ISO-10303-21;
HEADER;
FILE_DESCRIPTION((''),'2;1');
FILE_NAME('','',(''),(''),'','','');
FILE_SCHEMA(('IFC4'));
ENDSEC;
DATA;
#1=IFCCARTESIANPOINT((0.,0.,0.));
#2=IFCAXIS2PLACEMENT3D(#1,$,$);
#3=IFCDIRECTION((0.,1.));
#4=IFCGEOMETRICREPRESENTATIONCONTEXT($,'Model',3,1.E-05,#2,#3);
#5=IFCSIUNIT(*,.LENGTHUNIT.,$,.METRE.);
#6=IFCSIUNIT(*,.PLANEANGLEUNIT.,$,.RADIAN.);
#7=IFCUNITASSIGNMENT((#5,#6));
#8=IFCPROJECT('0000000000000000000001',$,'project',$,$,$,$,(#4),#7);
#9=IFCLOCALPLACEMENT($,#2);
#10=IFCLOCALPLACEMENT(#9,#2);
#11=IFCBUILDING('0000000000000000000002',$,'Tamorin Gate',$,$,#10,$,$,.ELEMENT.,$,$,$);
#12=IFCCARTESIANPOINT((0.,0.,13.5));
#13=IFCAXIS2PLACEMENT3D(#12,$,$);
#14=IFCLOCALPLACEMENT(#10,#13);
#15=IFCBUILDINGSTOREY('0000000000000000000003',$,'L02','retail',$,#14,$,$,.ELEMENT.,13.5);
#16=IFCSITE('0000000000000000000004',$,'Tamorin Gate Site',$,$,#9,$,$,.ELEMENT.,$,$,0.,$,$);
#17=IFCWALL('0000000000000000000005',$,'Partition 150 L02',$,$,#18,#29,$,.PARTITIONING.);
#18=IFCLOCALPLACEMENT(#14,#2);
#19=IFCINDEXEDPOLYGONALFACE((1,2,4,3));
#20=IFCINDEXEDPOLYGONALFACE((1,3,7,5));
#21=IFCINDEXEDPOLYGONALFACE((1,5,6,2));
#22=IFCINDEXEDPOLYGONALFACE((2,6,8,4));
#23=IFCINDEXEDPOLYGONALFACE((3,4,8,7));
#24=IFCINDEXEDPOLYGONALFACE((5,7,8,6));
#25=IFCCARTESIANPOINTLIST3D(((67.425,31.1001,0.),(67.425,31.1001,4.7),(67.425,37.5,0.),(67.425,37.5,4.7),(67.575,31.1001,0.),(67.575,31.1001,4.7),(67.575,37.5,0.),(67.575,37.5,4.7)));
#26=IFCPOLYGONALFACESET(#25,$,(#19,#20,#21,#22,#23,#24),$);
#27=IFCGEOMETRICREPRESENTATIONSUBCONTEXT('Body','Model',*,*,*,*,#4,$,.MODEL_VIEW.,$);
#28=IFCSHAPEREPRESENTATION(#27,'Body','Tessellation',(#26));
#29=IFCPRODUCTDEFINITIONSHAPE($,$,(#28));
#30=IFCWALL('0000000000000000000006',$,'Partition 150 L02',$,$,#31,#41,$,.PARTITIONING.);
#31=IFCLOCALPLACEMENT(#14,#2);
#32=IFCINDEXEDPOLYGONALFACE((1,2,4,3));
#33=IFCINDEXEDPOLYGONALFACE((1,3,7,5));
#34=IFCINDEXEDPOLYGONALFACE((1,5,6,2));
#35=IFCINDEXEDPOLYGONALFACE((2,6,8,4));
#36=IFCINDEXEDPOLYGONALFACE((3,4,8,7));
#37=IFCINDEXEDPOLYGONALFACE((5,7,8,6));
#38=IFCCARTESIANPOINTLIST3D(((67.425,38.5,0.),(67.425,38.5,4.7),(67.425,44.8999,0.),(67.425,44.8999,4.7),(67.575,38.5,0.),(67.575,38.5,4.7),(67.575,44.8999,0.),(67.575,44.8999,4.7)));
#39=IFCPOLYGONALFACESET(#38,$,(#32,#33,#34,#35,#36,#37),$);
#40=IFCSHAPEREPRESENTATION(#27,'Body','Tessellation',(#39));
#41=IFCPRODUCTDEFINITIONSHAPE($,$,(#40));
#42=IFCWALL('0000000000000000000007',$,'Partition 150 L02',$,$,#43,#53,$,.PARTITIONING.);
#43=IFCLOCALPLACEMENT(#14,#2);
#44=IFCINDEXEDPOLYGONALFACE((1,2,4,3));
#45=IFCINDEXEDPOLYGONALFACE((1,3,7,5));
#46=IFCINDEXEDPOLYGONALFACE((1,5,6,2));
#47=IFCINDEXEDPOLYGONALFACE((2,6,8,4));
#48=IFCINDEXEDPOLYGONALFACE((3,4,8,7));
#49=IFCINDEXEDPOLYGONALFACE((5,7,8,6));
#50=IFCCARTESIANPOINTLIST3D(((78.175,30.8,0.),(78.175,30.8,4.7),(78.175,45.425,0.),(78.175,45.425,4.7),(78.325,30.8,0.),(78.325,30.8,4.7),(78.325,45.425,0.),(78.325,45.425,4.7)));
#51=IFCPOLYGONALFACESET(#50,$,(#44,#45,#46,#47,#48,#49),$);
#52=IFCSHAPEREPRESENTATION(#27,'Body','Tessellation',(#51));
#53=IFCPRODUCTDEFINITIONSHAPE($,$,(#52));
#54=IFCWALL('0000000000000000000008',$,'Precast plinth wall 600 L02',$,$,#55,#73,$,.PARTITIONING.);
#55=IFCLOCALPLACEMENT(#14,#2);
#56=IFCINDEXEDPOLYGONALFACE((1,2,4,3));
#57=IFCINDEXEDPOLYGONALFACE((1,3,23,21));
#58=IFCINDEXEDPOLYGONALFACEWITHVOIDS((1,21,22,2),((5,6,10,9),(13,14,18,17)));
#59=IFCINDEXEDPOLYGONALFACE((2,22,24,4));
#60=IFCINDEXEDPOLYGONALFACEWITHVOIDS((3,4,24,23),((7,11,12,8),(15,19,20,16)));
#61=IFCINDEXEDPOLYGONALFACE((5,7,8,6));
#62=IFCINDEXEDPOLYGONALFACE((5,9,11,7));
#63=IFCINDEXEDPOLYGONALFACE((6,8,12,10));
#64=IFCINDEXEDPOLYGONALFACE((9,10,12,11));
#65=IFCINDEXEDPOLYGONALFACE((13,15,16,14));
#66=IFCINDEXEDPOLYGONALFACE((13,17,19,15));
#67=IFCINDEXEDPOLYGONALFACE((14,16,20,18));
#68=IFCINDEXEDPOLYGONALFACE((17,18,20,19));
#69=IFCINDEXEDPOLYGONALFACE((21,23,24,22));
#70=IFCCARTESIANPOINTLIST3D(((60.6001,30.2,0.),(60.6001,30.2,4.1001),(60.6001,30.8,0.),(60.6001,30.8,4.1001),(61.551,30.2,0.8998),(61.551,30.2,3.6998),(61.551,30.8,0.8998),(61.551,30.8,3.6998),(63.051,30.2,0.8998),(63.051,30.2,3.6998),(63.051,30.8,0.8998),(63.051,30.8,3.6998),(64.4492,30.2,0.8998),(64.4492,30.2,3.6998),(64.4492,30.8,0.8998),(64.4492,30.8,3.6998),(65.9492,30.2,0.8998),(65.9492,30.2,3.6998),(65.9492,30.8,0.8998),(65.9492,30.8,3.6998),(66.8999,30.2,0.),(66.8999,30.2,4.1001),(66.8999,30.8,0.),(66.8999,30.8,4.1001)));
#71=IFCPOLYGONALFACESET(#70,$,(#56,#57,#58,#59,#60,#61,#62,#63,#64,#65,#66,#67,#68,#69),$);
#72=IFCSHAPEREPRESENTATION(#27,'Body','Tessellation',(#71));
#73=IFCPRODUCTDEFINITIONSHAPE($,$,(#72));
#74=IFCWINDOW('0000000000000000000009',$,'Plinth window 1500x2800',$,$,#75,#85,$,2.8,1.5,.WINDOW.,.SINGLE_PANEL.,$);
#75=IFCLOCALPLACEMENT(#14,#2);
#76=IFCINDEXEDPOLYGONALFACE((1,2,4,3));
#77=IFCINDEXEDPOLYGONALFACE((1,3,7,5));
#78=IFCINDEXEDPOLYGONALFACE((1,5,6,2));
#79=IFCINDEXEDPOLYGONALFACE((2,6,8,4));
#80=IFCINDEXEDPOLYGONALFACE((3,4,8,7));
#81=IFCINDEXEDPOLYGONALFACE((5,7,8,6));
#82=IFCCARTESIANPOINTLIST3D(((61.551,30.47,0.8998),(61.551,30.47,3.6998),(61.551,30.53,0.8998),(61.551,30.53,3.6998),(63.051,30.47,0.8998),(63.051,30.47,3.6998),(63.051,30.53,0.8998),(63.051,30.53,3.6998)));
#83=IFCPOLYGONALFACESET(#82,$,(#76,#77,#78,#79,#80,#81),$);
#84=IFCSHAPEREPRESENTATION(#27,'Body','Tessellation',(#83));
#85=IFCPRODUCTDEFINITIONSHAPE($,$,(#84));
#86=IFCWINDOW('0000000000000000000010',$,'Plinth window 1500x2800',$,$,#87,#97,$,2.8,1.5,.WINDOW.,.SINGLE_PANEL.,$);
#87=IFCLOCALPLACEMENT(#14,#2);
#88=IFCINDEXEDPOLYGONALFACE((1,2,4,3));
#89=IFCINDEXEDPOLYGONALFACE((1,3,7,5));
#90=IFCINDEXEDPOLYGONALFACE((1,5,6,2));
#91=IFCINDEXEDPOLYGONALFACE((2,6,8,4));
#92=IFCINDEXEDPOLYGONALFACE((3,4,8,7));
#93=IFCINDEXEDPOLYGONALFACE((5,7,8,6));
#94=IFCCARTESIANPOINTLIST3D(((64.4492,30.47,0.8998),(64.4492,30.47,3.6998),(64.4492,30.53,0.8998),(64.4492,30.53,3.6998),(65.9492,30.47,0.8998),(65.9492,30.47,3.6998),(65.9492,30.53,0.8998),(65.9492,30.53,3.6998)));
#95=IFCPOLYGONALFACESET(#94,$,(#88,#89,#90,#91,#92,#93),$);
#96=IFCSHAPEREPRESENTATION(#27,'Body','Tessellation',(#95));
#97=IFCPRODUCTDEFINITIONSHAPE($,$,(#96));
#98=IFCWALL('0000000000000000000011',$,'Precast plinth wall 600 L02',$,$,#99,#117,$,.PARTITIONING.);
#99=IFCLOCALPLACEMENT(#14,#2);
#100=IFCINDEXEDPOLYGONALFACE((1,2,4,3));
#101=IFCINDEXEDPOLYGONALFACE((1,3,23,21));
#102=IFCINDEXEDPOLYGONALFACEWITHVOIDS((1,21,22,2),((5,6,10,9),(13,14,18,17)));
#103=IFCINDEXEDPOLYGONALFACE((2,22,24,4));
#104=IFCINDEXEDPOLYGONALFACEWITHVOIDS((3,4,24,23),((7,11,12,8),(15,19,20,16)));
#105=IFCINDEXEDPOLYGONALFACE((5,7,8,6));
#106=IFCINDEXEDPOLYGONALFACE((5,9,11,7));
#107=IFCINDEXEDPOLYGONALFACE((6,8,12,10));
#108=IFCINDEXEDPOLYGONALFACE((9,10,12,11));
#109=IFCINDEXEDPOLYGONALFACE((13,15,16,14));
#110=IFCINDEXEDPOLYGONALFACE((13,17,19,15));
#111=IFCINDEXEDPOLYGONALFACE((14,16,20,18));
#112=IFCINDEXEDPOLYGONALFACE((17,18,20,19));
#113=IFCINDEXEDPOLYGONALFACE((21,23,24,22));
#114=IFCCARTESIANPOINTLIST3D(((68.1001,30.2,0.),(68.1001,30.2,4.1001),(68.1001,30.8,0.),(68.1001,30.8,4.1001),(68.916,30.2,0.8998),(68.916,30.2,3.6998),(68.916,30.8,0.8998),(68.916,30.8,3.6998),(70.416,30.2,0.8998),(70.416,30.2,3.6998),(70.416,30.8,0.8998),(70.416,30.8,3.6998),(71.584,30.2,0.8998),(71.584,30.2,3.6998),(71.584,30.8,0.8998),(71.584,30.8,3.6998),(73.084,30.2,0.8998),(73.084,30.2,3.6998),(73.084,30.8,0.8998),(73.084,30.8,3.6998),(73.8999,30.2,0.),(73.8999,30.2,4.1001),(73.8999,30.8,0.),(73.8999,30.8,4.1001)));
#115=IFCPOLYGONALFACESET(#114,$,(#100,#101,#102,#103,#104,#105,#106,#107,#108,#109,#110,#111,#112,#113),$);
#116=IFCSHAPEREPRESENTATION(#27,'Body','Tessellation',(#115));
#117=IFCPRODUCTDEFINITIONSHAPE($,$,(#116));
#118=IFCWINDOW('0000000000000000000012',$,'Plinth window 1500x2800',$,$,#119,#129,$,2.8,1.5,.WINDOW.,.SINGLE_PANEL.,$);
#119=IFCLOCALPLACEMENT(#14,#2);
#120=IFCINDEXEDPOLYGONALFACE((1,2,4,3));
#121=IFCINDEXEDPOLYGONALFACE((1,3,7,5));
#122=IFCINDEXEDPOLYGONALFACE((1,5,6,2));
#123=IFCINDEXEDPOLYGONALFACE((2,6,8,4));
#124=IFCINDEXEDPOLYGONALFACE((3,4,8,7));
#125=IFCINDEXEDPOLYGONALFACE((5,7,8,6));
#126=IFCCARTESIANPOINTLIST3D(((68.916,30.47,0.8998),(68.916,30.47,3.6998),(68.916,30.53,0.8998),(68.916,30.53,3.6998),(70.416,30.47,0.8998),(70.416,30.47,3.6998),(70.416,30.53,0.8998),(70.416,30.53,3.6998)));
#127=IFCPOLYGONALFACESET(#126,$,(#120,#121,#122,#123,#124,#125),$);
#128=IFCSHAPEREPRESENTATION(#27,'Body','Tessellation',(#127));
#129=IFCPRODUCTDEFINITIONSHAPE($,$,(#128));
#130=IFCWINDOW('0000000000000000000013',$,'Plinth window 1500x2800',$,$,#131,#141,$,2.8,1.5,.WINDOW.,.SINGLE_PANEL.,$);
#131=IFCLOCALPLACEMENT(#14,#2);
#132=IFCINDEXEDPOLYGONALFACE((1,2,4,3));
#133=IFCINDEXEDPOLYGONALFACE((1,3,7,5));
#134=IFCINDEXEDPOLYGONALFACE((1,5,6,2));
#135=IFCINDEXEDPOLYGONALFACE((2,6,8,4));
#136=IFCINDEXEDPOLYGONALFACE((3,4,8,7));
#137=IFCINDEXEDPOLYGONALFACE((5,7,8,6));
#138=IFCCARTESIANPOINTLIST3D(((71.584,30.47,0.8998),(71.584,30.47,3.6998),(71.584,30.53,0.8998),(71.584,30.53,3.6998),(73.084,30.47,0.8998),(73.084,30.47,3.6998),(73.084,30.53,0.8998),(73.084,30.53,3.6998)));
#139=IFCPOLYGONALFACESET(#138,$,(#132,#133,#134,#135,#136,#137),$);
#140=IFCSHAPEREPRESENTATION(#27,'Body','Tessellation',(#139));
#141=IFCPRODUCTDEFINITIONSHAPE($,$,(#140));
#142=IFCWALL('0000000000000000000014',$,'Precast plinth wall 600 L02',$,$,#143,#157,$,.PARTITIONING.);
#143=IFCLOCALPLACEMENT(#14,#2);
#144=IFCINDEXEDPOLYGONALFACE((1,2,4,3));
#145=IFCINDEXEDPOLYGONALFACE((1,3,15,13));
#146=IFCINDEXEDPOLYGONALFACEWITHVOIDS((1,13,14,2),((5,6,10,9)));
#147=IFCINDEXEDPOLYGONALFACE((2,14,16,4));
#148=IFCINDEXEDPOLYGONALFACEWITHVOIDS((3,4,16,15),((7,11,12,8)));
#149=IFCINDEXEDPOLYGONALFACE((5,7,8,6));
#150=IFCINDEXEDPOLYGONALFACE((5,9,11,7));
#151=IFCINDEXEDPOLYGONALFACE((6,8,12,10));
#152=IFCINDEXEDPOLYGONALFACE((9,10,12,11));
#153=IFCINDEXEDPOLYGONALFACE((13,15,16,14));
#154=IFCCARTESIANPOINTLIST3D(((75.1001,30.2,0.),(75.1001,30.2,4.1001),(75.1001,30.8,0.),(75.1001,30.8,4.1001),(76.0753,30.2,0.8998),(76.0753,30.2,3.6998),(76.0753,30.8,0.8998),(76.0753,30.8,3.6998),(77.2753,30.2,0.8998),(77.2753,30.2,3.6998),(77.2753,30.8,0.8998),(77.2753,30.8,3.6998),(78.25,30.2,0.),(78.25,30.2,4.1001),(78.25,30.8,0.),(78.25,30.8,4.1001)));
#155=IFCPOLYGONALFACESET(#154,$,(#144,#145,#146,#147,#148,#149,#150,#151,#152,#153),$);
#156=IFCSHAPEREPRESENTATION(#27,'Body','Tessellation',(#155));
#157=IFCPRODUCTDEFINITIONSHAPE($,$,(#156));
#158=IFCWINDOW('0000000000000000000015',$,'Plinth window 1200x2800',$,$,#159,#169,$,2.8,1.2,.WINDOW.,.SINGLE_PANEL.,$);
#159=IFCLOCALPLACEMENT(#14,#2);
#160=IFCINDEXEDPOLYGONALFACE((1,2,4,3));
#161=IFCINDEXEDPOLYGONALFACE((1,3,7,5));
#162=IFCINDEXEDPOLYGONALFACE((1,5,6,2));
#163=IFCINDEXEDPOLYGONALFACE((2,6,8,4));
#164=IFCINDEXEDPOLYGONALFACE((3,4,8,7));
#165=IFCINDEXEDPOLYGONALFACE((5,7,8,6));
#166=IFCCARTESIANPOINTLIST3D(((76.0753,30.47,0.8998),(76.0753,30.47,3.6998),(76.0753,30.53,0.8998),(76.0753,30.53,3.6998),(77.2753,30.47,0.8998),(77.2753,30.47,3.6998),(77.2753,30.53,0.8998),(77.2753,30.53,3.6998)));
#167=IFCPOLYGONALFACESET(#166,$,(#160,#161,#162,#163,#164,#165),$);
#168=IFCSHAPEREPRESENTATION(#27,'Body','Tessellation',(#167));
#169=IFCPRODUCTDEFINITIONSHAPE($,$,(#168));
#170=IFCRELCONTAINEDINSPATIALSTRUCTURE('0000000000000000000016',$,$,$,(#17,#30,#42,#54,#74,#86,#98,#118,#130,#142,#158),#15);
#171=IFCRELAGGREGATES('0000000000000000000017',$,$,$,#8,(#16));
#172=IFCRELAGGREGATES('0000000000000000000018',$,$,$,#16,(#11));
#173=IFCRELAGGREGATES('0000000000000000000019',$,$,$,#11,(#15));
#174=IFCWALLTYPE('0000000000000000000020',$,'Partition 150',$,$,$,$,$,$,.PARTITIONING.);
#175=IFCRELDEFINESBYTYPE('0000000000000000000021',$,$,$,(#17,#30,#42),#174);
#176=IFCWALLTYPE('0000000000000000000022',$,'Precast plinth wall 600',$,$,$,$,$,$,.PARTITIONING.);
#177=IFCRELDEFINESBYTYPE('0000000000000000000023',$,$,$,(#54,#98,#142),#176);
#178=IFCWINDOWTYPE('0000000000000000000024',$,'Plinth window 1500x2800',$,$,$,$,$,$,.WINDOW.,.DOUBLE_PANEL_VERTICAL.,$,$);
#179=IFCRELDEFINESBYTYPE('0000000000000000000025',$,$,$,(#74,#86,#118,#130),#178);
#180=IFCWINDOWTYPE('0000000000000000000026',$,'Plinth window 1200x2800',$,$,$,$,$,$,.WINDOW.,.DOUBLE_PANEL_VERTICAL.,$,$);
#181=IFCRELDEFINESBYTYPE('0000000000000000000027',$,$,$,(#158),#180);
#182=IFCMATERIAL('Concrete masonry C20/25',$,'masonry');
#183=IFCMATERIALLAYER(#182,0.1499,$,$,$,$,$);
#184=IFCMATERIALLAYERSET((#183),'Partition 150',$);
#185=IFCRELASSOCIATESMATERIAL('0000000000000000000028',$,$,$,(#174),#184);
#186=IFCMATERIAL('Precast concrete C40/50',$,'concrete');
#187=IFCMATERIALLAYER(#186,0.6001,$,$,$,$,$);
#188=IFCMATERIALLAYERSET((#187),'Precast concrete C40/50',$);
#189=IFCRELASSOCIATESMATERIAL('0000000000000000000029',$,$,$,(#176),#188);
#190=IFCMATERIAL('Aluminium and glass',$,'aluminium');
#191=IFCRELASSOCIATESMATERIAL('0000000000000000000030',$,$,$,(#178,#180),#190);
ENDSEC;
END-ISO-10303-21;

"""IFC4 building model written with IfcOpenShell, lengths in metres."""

from ifc_helpers import new_model, si_unit, direction, frame, frame_2d, origin, place, context, subcontext, project, spatial, rectangle, extrude, material, layer, layer_set, type_object, element, fill, save


model = new_model("IFC4")

# Units and contexts
model_context = context("Model", 3, precision=1e-05, world=origin(), true_north=direction((0.0, 1.0)))
body_context = subcontext(model_context, "Body", "Model", "MODEL_VIEW")
ifc_project = project(units=[si_unit("LENGTHUNIT", "METRE"), si_unit("PLANEANGLEUNIT", "RADIAN")], contexts=[model_context])

# Site, building, storey
site_placement = place(None, origin())
site = spatial("IfcSite", under=ifc_project, at=site_placement, Name="Tamorin Gate Site", CompositionType="ELEMENT", RefElevation=0.0)
building_placement = place(site_placement, origin())
building = spatial("IfcBuilding", under=site, at=building_placement, Name="Tamorin Gate", CompositionType="ELEMENT")
storey_placement = place(building_placement, frame((0.0, 0.0, 13.5)))
storey = spatial("IfcBuildingStorey", under=building, at=storey_placement, Name="L02", Description="retail", CompositionType="ELEMENT", Elevation=13.5)

# Shared definitions
ifc_material_1 = material(Name="Concrete masonry C20/25", Category="masonry")
ifc_layer_1 = layer(ifc_material_1, 0.1499)
ifc_layer_set_1 = layer_set([ifc_layer_1], Name="Partition 150")
wall_type_1 = type_object("IfcWallType", Name="Partition 150", PredefinedType="PARTITIONING", material=ifc_layer_set_1)

# Walls
for number, where, z_axis, x_axis, name in (
    (1, (67.5, 31.1001, 0.0), (0.0, 0.0, 1.0), (0.0, 1.0, 0.0), "Partition 150 L02"),
    (2, (67.5, 38.5, 0.0), (0.0, 0.0, 1.0), (0.0, 1.0, 0.0), "Partition 150 L02"),
):
    element("IfcWall", number, at=place(storey_placement, frame(where, z_axis=z_axis, x_axis=x_axis)), inside=storey, type_object=wall_type_1, Name=name, PredefinedType="PARTITIONING", context=body_context, shape_type="SweptSolid", body=[
        extrude(rectangle(XDim=6.3999, YDim=0.1499, at=frame_2d((3.2, 0.0))), origin(), (0.0, 0.0, 1.0), 4.7),
    ])
wall_1_placement = place(storey_placement, frame((78.25, 30.8, 0.0), z_axis=(0.0, 0.0, 1.0), x_axis=(0.0, 1.0, 0.0)))
element("IfcWall", 3, at=wall_1_placement, inside=storey, type_object=wall_type_1, Name="Partition 150 L02", PredefinedType="PARTITIONING", context=body_context, shape_type="SweptSolid", body=[
    extrude(rectangle(XDim=14.625, YDim=0.1499, at=frame_2d((7.3125, 0.0))), origin(), (0.0, 0.0, 1.0), 4.7),
])

# Walls, openings, windows
ifc_material_2 = material(Name="Precast concrete C40/50", Category="concrete")
ifc_layer_2 = layer(ifc_material_2, 0.6001)
ifc_layer_set_2 = layer_set([ifc_layer_2], Name="Precast concrete C40/50")
wall_type_2 = type_object("IfcWallType", Name="Precast plinth wall 600", PredefinedType="PARTITIONING", material=ifc_layer_set_2)
wall_2_placement = place(storey_placement, frame((60.6001, 30.5, 0.0), z_axis=(0.0, 0.0, 1.0), x_axis=(1.0, 0.0, 0.0)))
wall_2 = element("IfcWall", 4, at=wall_2_placement, inside=storey, type_object=wall_type_2, Name="Precast plinth wall 600 L02", PredefinedType="PARTITIONING", context=body_context, shape_type="SweptSolid", body=[
    extrude(rectangle(XDim=6.2998, YDim=0.6001, at=frame_2d((3.1499, 0.0))), origin(), (0.0, 0.0, 1.0), 4.1001),
])
opening_1_placement = place(wall_2_placement, frame((0.9509, 0.0, 0.8999)))
opening_1 = element("IfcOpeningElement", 5, at=opening_1_placement, cuts=wall_2, PredefinedType="OPENING", context=body_context, shape_type="SweptSolid", body=[
    extrude(rectangle(XDim=1.5, YDim=2.8, at=frame_2d((0.75, 1.3999))), frame((0.0, 0.3101, 0.0), z_axis=(0.0, -1.0, 0.0), x_axis=(1.0, 0.0, 0.0)), (0.0, 0.0, 1.0), 0.6201),
])
opening_2_placement = place(wall_2_placement, frame((3.8491, 0.0, 0.8999)))
opening_2 = element("IfcOpeningElement", 6, at=opening_2_placement, cuts=wall_2, PredefinedType="OPENING", context=body_context, shape_type="SweptSolid", body=[
    extrude(rectangle(XDim=1.5, YDim=2.8, at=frame_2d((0.75, 1.3999))), frame((0.0, 0.3101, 0.0), z_axis=(0.0, -1.0, 0.0), x_axis=(1.0, 0.0, 0.0)), (0.0, 0.0, 1.0), 0.6201),
])
ifc_material_3 = material(Name="Aluminium and glass", Category="aluminium")
window_type_1 = type_object("IfcWindowType", Name="Plinth window 1500x2800", PartitioningType="DOUBLE_PANEL_VERTICAL", PredefinedType="WINDOW", material=ifc_material_3)
window_1_placement = place(opening_1_placement, origin())
window_1 = element("IfcWindow", 7, at=window_1_placement, inside=storey, type_object=window_type_1, Name="Plinth window 1500x2800", OverallHeight=2.8, OverallWidth=1.5, PartitioningType="SINGLE_PANEL", PredefinedType="WINDOW", context=body_context, shape_type="SweptSolid", body=[
    extrude(rectangle(XDim=1.5, YDim=2.8, at=frame_2d((0.75, 1.3999))), frame((0.0, 0.03, 0.0), z_axis=(0.0, -1.0, 0.0), x_axis=(1.0, 0.0, 0.0)), (0.0, 0.0, 1.0), 0.0601),
])
fill(opening_1, window_1)
window_2_placement = place(opening_2_placement, origin())
window_2 = element("IfcWindow", 8, at=window_2_placement, inside=storey, type_object=window_type_1, Name="Plinth window 1500x2800", OverallHeight=2.8, OverallWidth=1.5, PartitioningType="SINGLE_PANEL", PredefinedType="WINDOW", context=body_context, shape_type="SweptSolid", body=[
    extrude(rectangle(XDim=1.5, YDim=2.8, at=frame_2d((0.75, 1.3999))), frame((0.0, 0.03, 0.0), z_axis=(0.0, -1.0, 0.0), x_axis=(1.0, 0.0, 0.0)), (0.0, 0.0, 1.0), 0.0601),
])
fill(opening_2, window_2)
wall_3_placement = place(storey_placement, frame((68.1001, 30.5, 0.0), z_axis=(0.0, 0.0, 1.0), x_axis=(1.0, 0.0, 0.0)))
wall_3 = element("IfcWall", 9, at=wall_3_placement, inside=storey, type_object=wall_type_2, Name="Precast plinth wall 600 L02", PredefinedType="PARTITIONING", context=body_context, shape_type="SweptSolid", body=[
    extrude(rectangle(XDim=5.7998, YDim=0.6001, at=frame_2d((2.8999, 0.0))), origin(), (0.0, 0.0, 1.0), 4.1001),
])
opening_3_placement = place(wall_3_placement, frame((0.8159, 0.0, 0.8999)))
opening_3 = element("IfcOpeningElement", 10, at=opening_3_placement, cuts=wall_3, PredefinedType="OPENING", context=body_context, shape_type="SweptSolid", body=[
    extrude(rectangle(XDim=1.5, YDim=2.8, at=frame_2d((0.75, 1.3999))), frame((0.0, 0.3101, 0.0), z_axis=(0.0, -1.0, 0.0), x_axis=(1.0, 0.0, 0.0)), (0.0, 0.0, 1.0), 0.6201),
])
opening_4_placement = place(wall_3_placement, frame((3.4839, 0.0, 0.8999)))
opening_4 = element("IfcOpeningElement", 11, at=opening_4_placement, cuts=wall_3, PredefinedType="OPENING", context=body_context, shape_type="SweptSolid", body=[
    extrude(rectangle(XDim=1.5, YDim=2.8, at=frame_2d((0.75, 1.3999))), frame((0.0, 0.3101, 0.0), z_axis=(0.0, -1.0, 0.0), x_axis=(1.0, 0.0, 0.0)), (0.0, 0.0, 1.0), 0.6201),
])
window_3_placement = place(opening_3_placement, origin())
window_3 = element("IfcWindow", 12, at=window_3_placement, inside=storey, type_object=window_type_1, Name="Plinth window 1500x2800", OverallHeight=2.8, OverallWidth=1.5, PartitioningType="SINGLE_PANEL", PredefinedType="WINDOW", context=body_context, shape_type="SweptSolid", body=[
    extrude(rectangle(XDim=1.5, YDim=2.8, at=frame_2d((0.75, 1.3999))), frame((0.0, 0.03, 0.0), z_axis=(0.0, -1.0, 0.0), x_axis=(1.0, 0.0, 0.0)), (0.0, 0.0, 1.0), 0.0601),
])
fill(opening_3, window_3)
window_4_placement = place(opening_4_placement, origin())
window_4 = element("IfcWindow", 13, at=window_4_placement, inside=storey, type_object=window_type_1, Name="Plinth window 1500x2800", OverallHeight=2.8, OverallWidth=1.5, PartitioningType="SINGLE_PANEL", PredefinedType="WINDOW", context=body_context, shape_type="SweptSolid", body=[
    extrude(rectangle(XDim=1.5, YDim=2.8, at=frame_2d((0.75, 1.3999))), frame((0.0, 0.03, 0.0), z_axis=(0.0, -1.0, 0.0), x_axis=(1.0, 0.0, 0.0)), (0.0, 0.0, 1.0), 0.0601),
])
fill(opening_4, window_4)

# Wall, opening, window
wall_4_placement = place(storey_placement, frame((75.1001, 30.5, 0.0), z_axis=(0.0, 0.0, 1.0), x_axis=(1.0, 0.0, 0.0)))
wall_4 = element("IfcWall", 14, at=wall_4_placement, inside=storey, type_object=wall_type_2, Name="Precast plinth wall 600 L02", PredefinedType="PARTITIONING", context=body_context, shape_type="SweptSolid", body=[
    extrude(rectangle(XDim=3.1499, YDim=0.6001, at=frame_2d((1.575, 0.0))), origin(), (0.0, 0.0, 1.0), 4.1001),
])
opening_5_placement = place(wall_4_placement, frame((0.9751, 0.0, 0.8999)))
opening_5 = element("IfcOpeningElement", 15, at=opening_5_placement, cuts=wall_4, PredefinedType="OPENING", context=body_context, shape_type="SweptSolid", body=[
    extrude(rectangle(XDim=1.2, YDim=2.8, at=frame_2d((0.6001, 1.3999))), frame((0.0, 0.3101, 0.0), z_axis=(0.0, -1.0, 0.0), x_axis=(1.0, 0.0, 0.0)), (0.0, 0.0, 1.0), 0.6201),
])
window_type_2 = type_object("IfcWindowType", Name="Plinth window 1200x2800", PartitioningType="DOUBLE_PANEL_VERTICAL", PredefinedType="WINDOW", material=ifc_material_3)
window_5_placement = place(opening_5_placement, origin())
window_5 = element("IfcWindow", 16, at=window_5_placement, inside=storey, type_object=window_type_2, Name="Plinth window 1200x2800", OverallHeight=2.8, OverallWidth=1.2, PartitioningType="SINGLE_PANEL", PredefinedType="WINDOW", context=body_context, shape_type="SweptSolid", body=[
    extrude(rectangle(XDim=1.2, YDim=2.8, at=frame_2d((0.6001, 1.3999))), frame((0.0, 0.03, 0.0), z_axis=(0.0, -1.0, 0.0), x_axis=(1.0, 0.0, 0.0)), (0.0, 0.0, 1.0), 0.0601),
])
fill(opening_5, window_5)

save(model, "model.ifc")
